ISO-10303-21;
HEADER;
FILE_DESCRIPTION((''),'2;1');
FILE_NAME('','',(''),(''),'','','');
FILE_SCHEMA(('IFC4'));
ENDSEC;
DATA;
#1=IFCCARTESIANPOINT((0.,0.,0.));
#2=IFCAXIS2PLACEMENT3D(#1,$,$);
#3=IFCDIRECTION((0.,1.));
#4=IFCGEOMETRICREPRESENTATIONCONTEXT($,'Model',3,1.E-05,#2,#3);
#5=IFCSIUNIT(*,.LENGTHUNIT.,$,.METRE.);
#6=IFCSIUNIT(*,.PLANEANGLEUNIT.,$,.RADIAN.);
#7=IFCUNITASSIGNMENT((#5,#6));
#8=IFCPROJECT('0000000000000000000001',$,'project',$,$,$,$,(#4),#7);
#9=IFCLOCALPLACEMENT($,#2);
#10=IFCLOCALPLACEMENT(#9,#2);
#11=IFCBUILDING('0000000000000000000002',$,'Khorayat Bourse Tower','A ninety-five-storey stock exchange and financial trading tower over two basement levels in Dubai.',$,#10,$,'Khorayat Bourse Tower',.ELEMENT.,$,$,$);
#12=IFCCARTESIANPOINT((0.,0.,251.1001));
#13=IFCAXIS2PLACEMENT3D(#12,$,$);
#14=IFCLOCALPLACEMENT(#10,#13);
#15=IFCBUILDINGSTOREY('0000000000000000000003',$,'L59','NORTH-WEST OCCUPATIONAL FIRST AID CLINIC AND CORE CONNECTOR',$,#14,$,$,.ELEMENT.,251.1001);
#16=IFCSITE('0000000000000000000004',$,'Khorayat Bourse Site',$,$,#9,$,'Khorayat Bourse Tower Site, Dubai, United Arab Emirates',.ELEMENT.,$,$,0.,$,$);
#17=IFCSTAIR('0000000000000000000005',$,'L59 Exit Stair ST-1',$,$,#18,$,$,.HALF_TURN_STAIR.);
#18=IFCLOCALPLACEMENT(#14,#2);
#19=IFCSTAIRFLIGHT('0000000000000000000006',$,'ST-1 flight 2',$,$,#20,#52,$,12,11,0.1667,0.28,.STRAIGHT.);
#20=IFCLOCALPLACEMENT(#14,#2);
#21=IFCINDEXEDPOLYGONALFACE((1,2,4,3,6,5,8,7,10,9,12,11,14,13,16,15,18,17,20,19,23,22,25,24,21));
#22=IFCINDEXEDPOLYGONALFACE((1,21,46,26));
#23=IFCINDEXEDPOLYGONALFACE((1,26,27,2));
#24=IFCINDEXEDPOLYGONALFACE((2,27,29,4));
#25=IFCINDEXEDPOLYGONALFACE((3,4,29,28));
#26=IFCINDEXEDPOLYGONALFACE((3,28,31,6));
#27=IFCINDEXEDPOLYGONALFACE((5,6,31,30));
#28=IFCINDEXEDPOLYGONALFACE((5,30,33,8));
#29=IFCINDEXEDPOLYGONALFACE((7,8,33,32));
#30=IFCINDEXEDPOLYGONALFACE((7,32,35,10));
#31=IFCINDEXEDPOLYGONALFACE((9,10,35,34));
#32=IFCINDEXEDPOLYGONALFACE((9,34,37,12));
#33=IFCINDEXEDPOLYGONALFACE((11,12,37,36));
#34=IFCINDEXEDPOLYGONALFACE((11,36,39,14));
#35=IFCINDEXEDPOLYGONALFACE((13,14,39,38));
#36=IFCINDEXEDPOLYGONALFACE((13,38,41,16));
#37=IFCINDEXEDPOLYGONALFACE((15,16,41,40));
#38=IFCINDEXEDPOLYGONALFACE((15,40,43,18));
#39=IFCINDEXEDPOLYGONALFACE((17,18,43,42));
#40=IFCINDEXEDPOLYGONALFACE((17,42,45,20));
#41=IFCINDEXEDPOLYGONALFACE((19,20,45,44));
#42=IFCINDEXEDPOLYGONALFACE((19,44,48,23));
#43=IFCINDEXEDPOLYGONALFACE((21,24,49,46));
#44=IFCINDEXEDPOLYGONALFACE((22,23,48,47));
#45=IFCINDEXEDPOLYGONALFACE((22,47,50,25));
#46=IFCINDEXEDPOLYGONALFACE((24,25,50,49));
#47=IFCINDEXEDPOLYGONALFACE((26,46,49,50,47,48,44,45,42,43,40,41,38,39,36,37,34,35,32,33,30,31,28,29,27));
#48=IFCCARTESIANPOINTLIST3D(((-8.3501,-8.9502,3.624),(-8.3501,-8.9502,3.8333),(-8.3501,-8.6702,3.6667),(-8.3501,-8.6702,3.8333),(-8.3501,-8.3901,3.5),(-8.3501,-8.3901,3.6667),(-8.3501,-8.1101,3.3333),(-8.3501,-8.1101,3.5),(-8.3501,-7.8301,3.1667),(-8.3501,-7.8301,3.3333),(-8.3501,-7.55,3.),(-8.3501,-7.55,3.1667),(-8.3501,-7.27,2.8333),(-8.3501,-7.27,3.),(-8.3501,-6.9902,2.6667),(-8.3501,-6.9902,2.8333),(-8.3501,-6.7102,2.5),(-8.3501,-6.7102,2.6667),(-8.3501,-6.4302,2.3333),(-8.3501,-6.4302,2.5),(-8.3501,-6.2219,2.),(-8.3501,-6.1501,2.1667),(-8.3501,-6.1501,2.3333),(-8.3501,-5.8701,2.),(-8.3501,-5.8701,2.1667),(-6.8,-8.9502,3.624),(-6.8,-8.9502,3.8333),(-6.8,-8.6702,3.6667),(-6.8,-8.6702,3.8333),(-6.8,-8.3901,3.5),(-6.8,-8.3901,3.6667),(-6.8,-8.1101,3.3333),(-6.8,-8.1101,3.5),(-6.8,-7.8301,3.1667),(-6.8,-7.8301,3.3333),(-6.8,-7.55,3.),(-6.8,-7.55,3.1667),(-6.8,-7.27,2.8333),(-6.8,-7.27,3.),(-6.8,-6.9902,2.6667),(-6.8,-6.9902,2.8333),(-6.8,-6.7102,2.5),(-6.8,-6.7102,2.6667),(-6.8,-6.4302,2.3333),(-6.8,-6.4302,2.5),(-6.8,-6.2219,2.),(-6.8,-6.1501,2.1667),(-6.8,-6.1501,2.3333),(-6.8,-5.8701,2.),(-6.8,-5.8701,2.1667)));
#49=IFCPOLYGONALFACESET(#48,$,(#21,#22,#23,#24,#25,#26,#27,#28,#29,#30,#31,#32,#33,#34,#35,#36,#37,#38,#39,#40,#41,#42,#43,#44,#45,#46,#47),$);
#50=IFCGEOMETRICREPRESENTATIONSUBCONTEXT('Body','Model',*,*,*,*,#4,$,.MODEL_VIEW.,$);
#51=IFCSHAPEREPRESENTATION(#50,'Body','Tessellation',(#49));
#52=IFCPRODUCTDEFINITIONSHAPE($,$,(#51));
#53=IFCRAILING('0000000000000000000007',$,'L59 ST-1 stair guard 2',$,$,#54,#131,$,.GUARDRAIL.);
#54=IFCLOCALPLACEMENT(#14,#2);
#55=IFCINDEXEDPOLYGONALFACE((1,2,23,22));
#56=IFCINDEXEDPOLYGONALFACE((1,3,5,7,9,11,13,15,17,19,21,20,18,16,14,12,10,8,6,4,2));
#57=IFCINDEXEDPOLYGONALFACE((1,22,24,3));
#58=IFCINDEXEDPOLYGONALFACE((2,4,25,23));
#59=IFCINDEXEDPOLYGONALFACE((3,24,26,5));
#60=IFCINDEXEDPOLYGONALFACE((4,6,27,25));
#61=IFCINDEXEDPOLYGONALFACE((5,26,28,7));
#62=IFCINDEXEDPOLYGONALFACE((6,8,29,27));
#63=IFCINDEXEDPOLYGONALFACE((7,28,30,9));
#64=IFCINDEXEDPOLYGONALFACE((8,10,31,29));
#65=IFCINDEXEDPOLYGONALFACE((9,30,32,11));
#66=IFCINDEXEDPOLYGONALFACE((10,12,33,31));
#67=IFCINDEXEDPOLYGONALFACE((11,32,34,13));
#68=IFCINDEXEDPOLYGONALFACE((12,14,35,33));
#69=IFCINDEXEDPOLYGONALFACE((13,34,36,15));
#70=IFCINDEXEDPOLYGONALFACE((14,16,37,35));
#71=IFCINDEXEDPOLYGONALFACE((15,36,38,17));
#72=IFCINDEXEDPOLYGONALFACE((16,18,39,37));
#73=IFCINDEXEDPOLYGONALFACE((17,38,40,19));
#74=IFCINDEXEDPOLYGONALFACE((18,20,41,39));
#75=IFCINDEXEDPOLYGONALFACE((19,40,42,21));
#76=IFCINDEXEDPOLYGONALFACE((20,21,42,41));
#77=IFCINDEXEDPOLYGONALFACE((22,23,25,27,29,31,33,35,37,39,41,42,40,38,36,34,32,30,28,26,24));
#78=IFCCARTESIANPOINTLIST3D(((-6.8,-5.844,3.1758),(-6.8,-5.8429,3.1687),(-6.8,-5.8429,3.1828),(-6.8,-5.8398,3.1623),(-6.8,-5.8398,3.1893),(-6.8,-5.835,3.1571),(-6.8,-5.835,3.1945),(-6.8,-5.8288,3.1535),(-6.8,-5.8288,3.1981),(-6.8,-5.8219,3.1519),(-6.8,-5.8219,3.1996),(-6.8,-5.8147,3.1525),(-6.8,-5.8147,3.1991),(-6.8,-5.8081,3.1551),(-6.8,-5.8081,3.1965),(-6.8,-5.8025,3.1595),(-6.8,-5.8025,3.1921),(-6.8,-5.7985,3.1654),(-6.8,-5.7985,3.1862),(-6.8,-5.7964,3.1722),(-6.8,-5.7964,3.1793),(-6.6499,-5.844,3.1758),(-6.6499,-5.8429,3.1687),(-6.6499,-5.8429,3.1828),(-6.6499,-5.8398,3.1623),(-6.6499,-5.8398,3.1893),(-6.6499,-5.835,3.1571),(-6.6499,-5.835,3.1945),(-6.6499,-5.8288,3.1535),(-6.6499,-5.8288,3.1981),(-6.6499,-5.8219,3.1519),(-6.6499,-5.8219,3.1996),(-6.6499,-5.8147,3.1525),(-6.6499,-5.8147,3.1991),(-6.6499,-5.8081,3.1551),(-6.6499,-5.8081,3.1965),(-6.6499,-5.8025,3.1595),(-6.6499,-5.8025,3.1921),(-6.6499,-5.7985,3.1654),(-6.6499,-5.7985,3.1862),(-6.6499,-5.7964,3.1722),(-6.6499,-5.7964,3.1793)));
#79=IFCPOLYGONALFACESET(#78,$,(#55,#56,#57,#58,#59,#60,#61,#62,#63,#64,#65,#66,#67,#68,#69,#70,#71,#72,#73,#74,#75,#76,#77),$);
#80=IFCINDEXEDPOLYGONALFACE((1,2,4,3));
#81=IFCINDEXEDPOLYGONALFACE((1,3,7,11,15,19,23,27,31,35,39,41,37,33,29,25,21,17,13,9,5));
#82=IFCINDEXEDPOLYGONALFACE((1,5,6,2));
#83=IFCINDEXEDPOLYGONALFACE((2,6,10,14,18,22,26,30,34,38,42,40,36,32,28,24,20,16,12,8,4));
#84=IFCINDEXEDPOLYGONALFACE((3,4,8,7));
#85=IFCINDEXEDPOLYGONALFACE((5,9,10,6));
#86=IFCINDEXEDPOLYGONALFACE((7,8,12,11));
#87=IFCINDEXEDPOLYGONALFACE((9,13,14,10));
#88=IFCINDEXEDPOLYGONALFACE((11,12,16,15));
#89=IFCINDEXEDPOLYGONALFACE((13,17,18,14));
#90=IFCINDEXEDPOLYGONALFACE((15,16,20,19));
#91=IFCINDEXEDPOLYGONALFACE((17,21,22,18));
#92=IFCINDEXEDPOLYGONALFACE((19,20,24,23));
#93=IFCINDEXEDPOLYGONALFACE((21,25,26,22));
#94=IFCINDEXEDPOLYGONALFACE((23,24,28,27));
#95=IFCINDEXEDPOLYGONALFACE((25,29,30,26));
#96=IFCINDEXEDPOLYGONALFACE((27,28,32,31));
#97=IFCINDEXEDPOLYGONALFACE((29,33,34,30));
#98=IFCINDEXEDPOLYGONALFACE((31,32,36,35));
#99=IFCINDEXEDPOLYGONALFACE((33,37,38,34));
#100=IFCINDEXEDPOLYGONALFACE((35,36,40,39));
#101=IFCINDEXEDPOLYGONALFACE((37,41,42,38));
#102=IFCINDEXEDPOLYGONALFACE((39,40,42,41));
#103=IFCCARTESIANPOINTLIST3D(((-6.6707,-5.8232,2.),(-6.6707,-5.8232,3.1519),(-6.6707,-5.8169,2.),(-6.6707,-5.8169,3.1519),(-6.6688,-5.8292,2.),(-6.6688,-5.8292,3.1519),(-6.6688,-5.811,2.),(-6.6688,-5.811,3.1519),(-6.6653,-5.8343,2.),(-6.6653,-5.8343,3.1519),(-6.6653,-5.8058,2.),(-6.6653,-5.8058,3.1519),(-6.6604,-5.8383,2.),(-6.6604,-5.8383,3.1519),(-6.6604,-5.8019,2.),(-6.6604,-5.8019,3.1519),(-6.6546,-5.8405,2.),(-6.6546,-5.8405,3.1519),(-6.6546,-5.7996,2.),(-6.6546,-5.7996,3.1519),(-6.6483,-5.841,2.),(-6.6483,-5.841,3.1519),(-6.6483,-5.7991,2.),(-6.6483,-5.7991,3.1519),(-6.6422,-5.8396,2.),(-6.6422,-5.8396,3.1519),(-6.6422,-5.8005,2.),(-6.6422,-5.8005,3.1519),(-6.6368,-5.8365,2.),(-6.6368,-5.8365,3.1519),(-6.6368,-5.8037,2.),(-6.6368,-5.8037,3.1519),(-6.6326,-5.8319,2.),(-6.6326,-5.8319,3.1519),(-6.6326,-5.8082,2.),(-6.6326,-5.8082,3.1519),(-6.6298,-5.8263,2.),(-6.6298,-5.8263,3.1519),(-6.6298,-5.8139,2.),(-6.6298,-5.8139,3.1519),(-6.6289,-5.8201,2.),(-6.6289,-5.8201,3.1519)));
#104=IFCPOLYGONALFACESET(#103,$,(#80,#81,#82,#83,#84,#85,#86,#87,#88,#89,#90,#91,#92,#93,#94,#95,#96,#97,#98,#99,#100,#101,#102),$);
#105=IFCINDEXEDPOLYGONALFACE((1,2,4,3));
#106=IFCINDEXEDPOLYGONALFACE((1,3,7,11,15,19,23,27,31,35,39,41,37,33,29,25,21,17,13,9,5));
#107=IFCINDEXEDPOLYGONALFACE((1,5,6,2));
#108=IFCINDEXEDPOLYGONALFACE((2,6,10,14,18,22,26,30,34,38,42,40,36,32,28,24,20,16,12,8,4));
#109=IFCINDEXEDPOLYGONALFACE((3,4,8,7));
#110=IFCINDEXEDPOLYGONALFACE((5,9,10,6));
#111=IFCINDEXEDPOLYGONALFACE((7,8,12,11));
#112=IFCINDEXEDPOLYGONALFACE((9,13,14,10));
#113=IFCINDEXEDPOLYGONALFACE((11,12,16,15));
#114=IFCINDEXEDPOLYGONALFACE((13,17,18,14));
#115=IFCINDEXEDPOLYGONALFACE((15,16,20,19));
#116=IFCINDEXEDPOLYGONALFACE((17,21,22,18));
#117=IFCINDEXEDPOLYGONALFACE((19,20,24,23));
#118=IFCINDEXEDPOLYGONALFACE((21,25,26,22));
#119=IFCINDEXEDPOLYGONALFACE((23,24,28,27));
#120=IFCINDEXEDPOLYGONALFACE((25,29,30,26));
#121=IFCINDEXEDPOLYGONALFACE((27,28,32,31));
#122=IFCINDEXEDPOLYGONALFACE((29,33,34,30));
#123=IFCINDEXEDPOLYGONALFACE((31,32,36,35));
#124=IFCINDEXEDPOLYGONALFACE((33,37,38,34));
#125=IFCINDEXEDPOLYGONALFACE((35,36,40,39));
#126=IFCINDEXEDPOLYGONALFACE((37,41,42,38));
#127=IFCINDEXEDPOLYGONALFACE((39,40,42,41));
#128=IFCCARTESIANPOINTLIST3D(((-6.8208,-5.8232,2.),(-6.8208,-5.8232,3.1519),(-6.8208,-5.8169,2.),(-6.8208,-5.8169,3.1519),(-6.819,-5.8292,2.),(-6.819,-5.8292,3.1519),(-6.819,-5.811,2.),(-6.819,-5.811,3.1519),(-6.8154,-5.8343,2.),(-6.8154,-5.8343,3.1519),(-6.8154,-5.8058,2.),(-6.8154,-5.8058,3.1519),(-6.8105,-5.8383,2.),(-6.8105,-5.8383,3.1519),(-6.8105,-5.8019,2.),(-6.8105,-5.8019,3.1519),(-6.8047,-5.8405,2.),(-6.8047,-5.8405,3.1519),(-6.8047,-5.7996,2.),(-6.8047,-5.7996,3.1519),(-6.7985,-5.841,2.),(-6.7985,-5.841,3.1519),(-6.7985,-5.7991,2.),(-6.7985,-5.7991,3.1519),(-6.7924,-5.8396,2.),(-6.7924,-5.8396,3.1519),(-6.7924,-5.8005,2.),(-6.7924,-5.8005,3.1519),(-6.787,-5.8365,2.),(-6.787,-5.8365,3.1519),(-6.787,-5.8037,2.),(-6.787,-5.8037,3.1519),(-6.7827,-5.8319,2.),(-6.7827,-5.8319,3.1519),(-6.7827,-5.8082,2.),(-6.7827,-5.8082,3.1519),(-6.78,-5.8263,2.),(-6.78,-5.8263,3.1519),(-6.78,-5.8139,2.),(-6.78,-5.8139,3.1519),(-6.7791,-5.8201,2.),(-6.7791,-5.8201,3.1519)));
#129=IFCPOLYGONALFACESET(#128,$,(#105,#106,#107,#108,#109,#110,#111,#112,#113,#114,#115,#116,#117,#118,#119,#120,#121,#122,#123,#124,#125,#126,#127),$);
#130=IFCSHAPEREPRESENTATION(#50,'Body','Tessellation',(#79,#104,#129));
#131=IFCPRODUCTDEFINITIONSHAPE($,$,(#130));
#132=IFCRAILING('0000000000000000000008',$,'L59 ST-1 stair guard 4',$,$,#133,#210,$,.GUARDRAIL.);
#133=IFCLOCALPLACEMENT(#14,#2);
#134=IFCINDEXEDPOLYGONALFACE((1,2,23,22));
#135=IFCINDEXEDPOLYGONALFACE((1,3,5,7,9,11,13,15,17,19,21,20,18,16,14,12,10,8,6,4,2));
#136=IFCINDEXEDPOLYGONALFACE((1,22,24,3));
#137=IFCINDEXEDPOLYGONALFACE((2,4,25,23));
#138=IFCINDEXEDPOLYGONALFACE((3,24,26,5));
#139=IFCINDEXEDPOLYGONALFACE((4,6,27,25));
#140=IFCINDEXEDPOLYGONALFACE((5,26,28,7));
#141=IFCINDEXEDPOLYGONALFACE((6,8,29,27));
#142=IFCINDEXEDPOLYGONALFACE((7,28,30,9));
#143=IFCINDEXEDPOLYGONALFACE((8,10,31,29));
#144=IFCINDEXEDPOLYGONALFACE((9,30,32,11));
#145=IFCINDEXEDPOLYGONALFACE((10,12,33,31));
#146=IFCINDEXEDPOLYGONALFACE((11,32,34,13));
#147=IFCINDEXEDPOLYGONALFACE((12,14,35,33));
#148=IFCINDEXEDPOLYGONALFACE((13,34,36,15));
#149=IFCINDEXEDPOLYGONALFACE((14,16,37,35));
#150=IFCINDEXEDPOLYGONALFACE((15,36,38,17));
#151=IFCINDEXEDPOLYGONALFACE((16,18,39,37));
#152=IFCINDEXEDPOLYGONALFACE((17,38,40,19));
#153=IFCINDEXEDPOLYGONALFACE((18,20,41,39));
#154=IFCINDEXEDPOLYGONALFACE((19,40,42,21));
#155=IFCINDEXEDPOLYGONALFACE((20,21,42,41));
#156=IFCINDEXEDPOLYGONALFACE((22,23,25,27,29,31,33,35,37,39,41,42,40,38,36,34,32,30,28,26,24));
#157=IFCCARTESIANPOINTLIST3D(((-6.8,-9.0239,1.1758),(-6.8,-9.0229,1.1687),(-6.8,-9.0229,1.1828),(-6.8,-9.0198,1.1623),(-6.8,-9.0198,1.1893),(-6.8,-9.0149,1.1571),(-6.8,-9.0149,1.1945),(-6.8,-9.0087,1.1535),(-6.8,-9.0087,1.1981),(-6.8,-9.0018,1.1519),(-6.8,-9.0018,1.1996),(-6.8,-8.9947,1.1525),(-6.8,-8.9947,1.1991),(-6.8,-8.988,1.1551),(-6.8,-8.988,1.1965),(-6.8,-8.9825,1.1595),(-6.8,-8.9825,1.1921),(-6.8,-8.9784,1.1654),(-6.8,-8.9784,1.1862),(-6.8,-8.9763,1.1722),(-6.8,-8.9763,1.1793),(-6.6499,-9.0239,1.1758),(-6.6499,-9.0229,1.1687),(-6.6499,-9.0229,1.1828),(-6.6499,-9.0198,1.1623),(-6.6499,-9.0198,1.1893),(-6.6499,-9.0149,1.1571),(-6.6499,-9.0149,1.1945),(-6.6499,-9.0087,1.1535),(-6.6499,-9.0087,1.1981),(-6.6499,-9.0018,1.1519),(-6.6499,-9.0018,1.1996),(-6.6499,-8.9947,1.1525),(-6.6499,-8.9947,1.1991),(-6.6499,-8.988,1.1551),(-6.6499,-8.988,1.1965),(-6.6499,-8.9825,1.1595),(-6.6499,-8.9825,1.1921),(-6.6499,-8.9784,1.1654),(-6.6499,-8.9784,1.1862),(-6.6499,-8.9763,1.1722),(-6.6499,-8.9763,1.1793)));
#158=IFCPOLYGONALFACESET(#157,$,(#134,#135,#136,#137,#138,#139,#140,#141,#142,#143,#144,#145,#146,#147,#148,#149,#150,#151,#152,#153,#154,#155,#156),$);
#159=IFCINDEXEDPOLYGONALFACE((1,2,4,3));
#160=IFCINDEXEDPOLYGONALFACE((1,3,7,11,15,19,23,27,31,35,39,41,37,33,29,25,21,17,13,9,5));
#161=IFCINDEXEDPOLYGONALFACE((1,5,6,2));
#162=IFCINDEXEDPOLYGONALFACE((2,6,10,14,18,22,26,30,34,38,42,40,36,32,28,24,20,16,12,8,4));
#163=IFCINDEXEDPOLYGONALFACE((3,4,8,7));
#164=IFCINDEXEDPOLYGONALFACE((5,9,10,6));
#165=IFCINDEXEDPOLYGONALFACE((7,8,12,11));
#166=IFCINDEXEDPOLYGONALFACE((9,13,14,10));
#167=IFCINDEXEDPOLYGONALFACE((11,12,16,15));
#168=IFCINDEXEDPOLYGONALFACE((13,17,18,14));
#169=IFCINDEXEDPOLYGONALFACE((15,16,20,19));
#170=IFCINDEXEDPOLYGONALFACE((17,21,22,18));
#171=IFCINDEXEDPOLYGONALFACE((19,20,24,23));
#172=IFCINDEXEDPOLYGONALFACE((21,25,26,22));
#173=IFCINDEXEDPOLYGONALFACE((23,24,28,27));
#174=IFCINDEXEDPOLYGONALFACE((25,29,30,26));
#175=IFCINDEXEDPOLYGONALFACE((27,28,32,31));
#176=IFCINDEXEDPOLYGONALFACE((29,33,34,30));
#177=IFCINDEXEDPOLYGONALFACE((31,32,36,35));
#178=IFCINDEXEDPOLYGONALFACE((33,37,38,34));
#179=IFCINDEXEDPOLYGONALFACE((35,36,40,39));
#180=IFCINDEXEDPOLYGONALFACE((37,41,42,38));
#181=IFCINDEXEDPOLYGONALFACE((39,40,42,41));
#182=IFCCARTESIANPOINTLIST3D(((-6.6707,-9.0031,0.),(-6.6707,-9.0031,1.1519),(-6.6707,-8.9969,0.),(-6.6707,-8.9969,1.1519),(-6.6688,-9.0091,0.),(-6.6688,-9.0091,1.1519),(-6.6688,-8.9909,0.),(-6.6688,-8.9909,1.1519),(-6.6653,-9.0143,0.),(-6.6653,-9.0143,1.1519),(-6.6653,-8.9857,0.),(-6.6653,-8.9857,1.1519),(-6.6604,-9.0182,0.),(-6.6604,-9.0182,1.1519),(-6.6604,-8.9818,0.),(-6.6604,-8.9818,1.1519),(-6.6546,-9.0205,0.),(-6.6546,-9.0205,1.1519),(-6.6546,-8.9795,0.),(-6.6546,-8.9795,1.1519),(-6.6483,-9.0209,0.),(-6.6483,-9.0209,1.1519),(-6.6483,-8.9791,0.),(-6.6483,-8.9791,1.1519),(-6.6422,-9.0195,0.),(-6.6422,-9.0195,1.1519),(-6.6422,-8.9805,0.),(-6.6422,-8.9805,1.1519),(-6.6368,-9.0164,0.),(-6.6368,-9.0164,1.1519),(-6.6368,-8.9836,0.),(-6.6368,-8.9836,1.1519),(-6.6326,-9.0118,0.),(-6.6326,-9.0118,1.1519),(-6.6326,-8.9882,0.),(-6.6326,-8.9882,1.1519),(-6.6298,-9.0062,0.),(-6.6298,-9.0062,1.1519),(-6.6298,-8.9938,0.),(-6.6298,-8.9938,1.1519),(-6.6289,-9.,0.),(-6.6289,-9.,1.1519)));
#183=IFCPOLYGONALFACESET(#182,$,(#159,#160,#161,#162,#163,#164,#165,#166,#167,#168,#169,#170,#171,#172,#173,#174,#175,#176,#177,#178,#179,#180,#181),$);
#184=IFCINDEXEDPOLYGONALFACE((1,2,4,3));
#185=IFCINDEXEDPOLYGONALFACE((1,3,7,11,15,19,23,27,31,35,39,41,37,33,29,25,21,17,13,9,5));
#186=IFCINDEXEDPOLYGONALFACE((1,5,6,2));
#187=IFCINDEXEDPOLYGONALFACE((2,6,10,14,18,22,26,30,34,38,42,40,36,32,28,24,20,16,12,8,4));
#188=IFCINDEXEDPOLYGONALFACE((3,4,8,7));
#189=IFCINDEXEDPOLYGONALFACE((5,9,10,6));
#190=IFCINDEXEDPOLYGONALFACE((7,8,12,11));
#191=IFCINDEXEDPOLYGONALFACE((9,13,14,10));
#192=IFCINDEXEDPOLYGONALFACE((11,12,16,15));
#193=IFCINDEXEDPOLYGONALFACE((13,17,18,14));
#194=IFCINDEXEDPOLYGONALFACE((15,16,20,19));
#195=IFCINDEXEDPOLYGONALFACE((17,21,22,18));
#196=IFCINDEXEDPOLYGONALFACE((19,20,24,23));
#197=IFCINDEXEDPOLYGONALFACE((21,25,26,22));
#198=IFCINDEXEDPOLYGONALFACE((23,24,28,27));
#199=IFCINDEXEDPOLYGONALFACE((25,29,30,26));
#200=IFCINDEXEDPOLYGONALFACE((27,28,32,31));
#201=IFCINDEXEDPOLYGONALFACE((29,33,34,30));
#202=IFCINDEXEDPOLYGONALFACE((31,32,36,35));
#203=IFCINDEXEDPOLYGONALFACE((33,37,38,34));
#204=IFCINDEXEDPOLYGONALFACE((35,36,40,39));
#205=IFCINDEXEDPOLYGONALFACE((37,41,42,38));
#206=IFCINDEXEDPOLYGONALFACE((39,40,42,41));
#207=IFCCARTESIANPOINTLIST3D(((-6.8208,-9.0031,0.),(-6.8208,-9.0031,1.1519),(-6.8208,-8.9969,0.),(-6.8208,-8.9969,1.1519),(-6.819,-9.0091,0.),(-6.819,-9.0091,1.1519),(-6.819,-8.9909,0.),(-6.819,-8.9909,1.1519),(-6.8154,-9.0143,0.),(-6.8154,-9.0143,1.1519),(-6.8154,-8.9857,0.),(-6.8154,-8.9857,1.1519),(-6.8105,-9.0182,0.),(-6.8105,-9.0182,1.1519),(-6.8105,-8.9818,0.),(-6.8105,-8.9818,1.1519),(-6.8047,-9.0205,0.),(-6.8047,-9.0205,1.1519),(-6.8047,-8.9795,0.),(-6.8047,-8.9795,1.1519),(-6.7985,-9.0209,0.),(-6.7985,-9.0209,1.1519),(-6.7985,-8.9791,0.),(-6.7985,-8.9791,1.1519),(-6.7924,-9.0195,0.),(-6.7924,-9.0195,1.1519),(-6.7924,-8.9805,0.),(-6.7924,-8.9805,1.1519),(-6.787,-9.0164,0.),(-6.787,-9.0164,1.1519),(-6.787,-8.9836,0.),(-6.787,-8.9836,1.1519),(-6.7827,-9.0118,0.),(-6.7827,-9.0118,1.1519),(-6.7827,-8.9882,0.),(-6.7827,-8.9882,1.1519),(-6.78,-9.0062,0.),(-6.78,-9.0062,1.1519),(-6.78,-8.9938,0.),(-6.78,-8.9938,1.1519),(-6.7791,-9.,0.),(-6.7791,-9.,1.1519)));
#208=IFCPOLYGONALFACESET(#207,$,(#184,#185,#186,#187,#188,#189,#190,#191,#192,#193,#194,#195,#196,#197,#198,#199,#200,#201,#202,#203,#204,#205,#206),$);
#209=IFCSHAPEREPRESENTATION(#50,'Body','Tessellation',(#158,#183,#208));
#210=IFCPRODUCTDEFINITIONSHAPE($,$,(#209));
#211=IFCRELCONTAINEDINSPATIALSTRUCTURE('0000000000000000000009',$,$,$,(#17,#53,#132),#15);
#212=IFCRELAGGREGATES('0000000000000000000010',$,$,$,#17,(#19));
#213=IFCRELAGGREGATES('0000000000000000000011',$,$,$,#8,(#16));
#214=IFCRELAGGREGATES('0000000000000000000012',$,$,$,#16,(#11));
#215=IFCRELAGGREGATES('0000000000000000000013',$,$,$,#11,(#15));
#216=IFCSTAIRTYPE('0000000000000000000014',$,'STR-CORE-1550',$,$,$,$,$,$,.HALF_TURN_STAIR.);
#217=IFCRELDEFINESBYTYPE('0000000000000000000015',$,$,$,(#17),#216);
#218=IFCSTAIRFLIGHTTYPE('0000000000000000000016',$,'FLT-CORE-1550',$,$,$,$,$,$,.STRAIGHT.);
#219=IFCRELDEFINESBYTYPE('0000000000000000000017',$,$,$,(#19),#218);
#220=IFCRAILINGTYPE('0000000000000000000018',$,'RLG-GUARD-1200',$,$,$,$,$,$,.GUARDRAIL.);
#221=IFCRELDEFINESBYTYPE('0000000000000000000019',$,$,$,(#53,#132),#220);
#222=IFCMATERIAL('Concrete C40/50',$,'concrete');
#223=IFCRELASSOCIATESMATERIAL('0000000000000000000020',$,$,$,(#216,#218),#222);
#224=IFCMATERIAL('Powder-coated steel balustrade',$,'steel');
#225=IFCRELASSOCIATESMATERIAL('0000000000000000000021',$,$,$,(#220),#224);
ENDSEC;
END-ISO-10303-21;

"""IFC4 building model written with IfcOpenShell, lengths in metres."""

from ifc_helpers import new_model, si_unit, direction, frame, origin, origin_2d, place, context, subcontext, project, spatial, polyline, circle, outline, extrude, source, transform, mapped, material, type_object, element, aggregate, save


model = new_model("IFC4")

# Units and contexts
model_context = context("Model", 3, precision=1e-05, world=origin(), true_north=direction((0.0, 1.0)))
body_context = subcontext(model_context, "Body", "Model", "MODEL_VIEW")
ifc_project = project(units=[si_unit("LENGTHUNIT", "METRE"), si_unit("PLANEANGLEUNIT", "RADIAN")], contexts=[model_context])

# Site, building, storey
site_placement = place(None, origin())
site = spatial("IfcSite", under=ifc_project, at=site_placement, Name="Khorayat Bourse Site", LongName="Khorayat Bourse Tower Site, Dubai, United Arab Emirates", CompositionType="ELEMENT", RefElevation=0.0)
building_placement = place(site_placement, origin())
building = spatial("IfcBuilding", under=site, at=building_placement, Name="Khorayat Bourse Tower", Description="A ninety-five-storey stock exchange and financial trading tower over two basement levels in Dubai.", LongName="Khorayat Bourse Tower", CompositionType="ELEMENT")
storey_placement = place(building_placement, frame((0.0, 0.0, 251.1001)))
storey = spatial("IfcBuildingStorey", under=building, at=storey_placement, Name="L59", Description="NORTH-WEST OCCUPATIONAL FIRST AID CLINIC AND CORE CONNECTOR", CompositionType="ELEMENT", Elevation=251.1001)

# Stair, stair flight
ifc_material_1 = material(Name="Concrete C40/50", Category="concrete")
stair_type = type_object("IfcStairType", Name="STR-CORE-1550", PredefinedType="HALF_TURN_STAIR", material=ifc_material_1)
stair_placement = place(storey_placement, origin())
stair = element("IfcStair", 1, at=stair_placement, inside=storey, type_object=stair_type, Name="L59 Exit Stair ST-1", PredefinedType="HALF_TURN_STAIR")
stair_flight_type = type_object("IfcStairFlightType", Name="FLT-CORE-1550", PredefinedType="STRAIGHT", material=ifc_material_1)
shared_shape_1 = source(origin(), body_context, "Body", "SweptSolid", [
    extrude(outline(polyline([(0.0, 0.0), (0.0, 0.1667), (0.28, 0.1667), (0.28, 0.3333), (0.5601, 0.3333), (0.5601, 0.5), (0.8401, 0.5), (0.8401, 0.6667), (1.1201, 0.6667), (1.1201, 0.8333), (1.3999, 0.8333), (1.3999, 1.0), (1.6799, 1.0), (1.6799, 1.1667), (1.96, 1.1667), (1.96, 1.3333), (2.24, 1.3333), (2.24, 1.5), (2.52, 1.5), (2.52, 1.6667), (2.8, 1.6667), (2.8, 1.8333), (3.0801, 1.8333), (3.0801, 2.0), (3.0801, 1.624), (0.3518, 0.0), (0.0, 0.0)])), frame((0.0, 0.7749, 0.0), z_axis=(0.0, -1.0, 0.0), x_axis=(1.0, 0.0, 0.0)), (0.0, 0.0, 1.0), 1.55),
])
stair_flight_1_placement = place(storey_placement, frame((-7.575, -5.8701, 2.0), z_axis=(0.0, 0.0, 1.0), x_axis=(0.0, -1.0, 0.0)))
stair_flight_1 = element("IfcStairFlight", 2, at=stair_flight_1_placement, type_object=stair_flight_type, Name="ST-1 flight 2", NumberOfRisers=12, NumberOfTreads=11, PredefinedType="STRAIGHT", RiserHeight=0.1667, TreadLength=0.28, context=body_context, shape_type="MappedRepresentation", body=[
    mapped(shared_shape_1, transform((0.0, 0.0, 0.0), scale=1.0)),
])
aggregate(stair, [stair_flight_1])

# Railings
ifc_material_2 = material(Name="Powder-coated steel balustrade", Category="steel")
railing_type_1 = type_object("IfcRailingType", Name="RLG-GUARD-1200", PredefinedType="GUARDRAIL", material=ifc_material_2)
shared_shape_2 = source(origin(), body_context, "Body", "SweptSolid", [
    extrude(circle(Radius=0.0239, at=origin_2d()), frame((0.0, 0.0, 1.1758), z_axis=(-1.0, 0.0, 0.0), x_axis=(0.0, -1.0, 0.0)), (0.0, 0.0, 1.0), 0.1501),
    extrude(circle(Radius=0.021, at=origin_2d()), origin(), (0.0, 0.0, 1.0), 1.1519),
    extrude(circle(Radius=0.021, at=origin_2d()), frame((-0.1501, 0.0, 0.0)), (0.0, 0.0, 1.0), 1.1519),
])
for number, where, name in (
    (3, (-6.6499, -5.8201, 2.0), "L59 ST-1 stair guard 2"),
    (4, (-6.6499, -9.0, 0.0), "L59 ST-1 stair guard 4"),
):
    element("IfcRailing", number, at=place(storey_placement, frame(where)), inside=storey, type_object=railing_type_1, Name=name, PredefinedType="GUARDRAIL", context=body_context, shape_type="MappedRepresentation", body=[
        mapped(shared_shape_2, transform((0.0, 0.0, 0.0), scale=1.0)),
    ])

save(model, "model.ifc")
